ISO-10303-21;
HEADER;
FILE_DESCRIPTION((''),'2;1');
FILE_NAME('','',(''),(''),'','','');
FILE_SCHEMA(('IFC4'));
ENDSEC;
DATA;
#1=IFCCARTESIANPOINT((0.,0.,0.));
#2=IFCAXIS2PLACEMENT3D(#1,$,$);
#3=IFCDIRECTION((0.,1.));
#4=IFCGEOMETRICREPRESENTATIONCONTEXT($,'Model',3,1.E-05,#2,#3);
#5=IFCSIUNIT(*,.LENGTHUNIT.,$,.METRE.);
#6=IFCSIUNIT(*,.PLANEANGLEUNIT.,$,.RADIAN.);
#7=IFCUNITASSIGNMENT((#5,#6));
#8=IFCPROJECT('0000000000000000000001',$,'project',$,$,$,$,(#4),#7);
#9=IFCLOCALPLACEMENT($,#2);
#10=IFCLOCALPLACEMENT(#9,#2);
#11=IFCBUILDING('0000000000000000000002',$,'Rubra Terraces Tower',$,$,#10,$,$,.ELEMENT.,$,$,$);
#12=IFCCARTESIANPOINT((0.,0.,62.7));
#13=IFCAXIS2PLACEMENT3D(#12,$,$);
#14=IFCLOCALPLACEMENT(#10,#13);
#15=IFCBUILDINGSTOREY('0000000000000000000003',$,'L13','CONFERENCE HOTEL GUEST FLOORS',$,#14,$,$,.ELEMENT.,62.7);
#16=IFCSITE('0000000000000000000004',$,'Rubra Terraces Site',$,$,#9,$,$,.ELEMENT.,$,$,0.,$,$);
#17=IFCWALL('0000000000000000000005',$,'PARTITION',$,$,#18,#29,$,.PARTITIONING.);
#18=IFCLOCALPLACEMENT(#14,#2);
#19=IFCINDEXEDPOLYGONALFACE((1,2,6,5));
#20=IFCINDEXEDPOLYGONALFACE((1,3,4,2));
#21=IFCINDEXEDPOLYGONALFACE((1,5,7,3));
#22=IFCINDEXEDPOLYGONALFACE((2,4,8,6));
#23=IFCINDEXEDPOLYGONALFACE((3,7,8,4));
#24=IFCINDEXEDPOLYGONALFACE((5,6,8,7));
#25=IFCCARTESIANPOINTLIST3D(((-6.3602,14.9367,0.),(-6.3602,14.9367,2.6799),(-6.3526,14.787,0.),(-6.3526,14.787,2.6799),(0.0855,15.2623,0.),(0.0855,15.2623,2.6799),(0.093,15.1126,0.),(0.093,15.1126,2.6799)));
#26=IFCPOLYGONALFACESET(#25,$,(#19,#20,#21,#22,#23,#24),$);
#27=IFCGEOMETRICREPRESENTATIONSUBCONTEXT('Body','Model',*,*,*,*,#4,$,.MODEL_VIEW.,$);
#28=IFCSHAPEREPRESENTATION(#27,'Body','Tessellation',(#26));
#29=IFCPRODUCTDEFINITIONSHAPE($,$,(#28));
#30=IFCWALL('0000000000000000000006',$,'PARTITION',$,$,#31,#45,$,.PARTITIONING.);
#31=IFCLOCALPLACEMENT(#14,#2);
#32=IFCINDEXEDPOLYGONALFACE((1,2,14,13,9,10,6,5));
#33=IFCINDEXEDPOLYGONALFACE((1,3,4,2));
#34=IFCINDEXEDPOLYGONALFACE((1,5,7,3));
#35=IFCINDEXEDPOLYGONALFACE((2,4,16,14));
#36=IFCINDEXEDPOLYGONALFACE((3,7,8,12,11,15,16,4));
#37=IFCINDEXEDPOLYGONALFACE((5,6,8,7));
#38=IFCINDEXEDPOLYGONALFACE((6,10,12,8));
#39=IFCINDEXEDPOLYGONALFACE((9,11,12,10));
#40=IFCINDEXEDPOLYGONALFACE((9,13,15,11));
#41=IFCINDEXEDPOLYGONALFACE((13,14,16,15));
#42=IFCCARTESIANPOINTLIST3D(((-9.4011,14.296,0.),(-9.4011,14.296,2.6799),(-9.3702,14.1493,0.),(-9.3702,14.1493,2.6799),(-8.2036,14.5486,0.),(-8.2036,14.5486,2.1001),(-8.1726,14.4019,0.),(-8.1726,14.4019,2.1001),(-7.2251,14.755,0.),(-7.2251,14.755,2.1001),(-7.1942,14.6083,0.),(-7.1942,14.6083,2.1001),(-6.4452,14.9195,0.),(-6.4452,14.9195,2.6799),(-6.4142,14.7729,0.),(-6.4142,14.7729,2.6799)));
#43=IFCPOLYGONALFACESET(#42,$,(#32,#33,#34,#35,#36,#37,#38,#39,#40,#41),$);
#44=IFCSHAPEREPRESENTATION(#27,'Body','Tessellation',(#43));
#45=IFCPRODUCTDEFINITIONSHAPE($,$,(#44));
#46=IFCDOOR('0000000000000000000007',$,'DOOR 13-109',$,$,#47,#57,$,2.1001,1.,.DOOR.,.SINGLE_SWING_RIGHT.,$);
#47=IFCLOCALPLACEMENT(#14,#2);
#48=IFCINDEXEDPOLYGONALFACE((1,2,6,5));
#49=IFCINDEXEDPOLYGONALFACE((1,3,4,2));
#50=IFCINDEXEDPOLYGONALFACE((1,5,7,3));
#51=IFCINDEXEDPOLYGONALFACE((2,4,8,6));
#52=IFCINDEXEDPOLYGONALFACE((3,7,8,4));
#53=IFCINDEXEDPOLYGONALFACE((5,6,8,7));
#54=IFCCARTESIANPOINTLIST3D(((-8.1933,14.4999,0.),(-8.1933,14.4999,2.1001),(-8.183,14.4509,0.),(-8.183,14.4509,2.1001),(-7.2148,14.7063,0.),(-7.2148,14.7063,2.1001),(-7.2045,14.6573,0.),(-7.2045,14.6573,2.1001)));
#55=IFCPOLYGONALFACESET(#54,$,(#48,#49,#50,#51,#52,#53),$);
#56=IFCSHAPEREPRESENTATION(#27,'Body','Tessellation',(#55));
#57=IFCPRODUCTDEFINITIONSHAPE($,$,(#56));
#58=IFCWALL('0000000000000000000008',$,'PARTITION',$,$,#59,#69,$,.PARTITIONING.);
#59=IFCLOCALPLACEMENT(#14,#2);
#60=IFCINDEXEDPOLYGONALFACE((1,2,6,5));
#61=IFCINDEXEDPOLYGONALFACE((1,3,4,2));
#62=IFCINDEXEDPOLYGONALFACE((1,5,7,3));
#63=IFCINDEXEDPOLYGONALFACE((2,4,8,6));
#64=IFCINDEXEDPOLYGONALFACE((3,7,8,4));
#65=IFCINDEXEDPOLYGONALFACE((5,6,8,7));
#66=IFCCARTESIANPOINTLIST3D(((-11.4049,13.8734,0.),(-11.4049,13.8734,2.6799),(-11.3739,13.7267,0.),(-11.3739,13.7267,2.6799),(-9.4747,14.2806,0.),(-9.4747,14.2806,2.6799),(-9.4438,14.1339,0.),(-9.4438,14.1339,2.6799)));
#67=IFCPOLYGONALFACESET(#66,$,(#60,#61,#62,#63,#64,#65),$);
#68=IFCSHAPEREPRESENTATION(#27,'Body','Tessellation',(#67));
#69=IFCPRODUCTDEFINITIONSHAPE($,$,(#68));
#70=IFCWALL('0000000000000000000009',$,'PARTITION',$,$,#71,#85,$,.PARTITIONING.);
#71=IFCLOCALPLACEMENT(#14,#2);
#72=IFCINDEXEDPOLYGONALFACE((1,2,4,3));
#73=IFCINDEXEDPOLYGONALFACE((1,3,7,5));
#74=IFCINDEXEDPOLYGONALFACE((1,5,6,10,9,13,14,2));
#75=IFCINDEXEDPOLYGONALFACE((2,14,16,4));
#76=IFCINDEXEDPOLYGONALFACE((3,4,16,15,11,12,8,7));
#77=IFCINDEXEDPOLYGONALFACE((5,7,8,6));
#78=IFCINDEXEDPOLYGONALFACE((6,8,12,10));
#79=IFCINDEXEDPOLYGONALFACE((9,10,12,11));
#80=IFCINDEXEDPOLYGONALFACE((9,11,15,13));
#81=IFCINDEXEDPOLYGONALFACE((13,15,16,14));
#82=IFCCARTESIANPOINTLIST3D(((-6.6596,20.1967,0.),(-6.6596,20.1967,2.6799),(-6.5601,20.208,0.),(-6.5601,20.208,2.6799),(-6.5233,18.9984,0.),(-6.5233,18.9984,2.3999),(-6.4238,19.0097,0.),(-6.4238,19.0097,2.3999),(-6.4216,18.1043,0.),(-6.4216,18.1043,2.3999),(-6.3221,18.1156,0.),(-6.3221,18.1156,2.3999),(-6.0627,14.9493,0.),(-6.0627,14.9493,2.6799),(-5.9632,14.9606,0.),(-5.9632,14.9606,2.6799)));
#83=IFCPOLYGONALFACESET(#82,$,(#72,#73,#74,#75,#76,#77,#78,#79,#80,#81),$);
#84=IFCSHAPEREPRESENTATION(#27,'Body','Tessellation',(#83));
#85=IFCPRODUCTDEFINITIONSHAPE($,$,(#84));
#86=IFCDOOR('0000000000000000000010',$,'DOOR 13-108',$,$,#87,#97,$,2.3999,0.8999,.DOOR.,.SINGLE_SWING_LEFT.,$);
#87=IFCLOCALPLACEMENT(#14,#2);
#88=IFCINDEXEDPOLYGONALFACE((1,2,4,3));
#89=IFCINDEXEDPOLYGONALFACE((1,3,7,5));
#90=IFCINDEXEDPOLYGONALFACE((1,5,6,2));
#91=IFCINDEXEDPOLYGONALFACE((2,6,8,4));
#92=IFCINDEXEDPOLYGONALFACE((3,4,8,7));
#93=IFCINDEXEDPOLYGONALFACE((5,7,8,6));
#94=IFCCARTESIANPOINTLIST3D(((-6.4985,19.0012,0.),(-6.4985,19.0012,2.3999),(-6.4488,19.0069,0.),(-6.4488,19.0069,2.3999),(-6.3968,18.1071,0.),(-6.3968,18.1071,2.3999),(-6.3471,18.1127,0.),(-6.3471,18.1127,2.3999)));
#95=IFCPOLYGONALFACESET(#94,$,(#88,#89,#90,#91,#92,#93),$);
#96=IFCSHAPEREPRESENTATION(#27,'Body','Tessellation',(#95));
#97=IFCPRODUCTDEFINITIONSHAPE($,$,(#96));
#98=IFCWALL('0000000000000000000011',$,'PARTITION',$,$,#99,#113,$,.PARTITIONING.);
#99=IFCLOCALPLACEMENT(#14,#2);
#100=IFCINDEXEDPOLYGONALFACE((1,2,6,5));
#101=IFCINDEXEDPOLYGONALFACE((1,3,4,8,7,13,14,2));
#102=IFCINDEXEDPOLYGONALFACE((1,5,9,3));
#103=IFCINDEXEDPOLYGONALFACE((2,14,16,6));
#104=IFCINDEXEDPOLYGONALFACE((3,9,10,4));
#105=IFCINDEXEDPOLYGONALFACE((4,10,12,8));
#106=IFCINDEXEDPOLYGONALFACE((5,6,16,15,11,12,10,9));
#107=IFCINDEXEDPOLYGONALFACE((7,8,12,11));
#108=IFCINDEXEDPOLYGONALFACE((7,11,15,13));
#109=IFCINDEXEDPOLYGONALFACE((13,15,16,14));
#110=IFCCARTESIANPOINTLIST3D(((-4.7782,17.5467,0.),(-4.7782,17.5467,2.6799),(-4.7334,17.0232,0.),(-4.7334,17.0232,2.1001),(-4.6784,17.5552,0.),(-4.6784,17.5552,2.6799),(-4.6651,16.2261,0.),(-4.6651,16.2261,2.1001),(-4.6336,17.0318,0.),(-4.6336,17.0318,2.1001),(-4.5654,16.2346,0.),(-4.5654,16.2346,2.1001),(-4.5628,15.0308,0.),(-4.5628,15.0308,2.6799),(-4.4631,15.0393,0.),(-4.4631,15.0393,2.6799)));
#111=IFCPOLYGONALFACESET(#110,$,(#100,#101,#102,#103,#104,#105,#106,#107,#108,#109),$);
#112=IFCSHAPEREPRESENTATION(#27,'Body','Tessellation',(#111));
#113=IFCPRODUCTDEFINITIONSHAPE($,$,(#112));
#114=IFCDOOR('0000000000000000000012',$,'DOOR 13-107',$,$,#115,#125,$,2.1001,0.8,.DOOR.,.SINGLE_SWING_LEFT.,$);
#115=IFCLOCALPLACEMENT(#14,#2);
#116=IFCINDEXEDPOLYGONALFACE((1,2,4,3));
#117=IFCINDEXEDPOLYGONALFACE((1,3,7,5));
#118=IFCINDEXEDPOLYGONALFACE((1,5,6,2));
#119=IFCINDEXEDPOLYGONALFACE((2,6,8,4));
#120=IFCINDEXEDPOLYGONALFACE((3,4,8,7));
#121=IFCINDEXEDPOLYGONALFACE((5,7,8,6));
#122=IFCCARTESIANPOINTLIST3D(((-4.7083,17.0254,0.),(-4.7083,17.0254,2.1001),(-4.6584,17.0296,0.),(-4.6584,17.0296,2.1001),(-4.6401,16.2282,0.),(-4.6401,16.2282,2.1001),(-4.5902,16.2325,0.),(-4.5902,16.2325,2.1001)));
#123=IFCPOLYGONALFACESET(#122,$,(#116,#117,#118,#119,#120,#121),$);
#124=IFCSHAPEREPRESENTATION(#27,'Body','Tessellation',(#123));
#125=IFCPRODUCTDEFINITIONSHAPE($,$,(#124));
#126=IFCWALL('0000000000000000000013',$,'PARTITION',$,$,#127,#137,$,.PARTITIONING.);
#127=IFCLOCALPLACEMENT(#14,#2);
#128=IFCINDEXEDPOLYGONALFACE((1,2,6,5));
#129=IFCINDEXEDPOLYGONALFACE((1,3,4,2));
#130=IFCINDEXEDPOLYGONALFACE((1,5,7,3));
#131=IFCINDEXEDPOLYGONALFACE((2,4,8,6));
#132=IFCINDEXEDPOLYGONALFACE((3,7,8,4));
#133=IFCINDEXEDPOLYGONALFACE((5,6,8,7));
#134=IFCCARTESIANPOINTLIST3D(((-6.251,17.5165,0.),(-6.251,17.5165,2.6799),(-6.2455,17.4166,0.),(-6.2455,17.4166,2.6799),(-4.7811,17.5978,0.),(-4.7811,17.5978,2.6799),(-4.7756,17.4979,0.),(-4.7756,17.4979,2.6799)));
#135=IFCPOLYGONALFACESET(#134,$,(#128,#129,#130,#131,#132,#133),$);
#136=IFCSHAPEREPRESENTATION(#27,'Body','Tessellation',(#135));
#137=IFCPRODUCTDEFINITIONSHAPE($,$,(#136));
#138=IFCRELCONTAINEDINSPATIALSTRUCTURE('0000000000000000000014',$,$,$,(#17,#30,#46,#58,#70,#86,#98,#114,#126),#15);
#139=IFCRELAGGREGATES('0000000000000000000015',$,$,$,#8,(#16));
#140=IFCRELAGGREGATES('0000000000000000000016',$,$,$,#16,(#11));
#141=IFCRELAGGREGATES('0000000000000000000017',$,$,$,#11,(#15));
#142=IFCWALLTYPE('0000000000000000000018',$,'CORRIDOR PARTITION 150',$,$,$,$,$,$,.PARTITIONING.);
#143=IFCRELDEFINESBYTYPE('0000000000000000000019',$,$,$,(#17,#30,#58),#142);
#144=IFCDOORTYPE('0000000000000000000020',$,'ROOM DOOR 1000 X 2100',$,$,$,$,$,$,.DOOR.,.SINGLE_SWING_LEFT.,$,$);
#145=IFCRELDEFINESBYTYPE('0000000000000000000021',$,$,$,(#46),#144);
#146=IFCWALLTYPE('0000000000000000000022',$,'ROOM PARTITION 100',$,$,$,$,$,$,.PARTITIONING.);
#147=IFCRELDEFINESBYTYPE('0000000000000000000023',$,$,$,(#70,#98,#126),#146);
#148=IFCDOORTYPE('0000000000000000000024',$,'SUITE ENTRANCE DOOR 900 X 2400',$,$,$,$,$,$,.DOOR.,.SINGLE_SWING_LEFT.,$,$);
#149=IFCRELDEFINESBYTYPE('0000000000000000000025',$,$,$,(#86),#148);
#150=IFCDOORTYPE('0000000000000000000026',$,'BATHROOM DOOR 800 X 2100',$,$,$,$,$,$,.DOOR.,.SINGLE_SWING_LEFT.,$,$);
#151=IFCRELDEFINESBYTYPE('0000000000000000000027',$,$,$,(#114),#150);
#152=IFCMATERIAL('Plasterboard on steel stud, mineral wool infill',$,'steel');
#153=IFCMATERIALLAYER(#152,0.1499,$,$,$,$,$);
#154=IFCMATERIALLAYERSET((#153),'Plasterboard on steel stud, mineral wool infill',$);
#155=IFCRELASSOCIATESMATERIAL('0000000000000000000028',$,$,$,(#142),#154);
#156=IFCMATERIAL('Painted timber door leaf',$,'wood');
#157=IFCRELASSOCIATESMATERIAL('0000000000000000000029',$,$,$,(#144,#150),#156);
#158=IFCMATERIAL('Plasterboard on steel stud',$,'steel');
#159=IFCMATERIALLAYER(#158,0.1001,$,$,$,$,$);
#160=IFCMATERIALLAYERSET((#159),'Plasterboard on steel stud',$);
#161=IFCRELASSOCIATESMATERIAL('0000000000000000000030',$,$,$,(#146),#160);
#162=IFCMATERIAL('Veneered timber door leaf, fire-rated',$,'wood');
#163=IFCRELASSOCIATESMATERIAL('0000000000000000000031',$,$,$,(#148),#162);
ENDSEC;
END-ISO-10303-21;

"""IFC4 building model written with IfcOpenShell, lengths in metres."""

from ifc_helpers import new_model, si_unit, direction, frame, frame_2d, origin, place, context, subcontext, project, spatial, rectangle, extrude, material, layer, layer_set, type_object, element, fill, save


model = new_model("IFC4")

# Units and contexts
model_context = context("Model", 3, precision=1e-05, world=origin(), true_north=direction((0.0, 1.0)))
body_context = subcontext(model_context, "Body", "Model", "MODEL_VIEW")
ifc_project = project(units=[si_unit("LENGTHUNIT", "METRE"), si_unit("PLANEANGLEUNIT", "RADIAN")], contexts=[model_context])

# Site, building, storey
site_placement = place(None, origin())
site = spatial("IfcSite", under=ifc_project, at=site_placement, Name="Rubra Terraces Site", CompositionType="ELEMENT", RefElevation=0.0)
building_placement = place(site_placement, origin())
building = spatial("IfcBuilding", under=site, at=building_placement, Name="Rubra Terraces Tower", CompositionType="ELEMENT")
storey_placement = place(building_placement, frame((0.0, 0.0, 62.7)))
storey = spatial("IfcBuildingStorey", under=building, at=storey_placement, Name="L13", Description="CONFERENCE HOTEL GUEST FLOORS", CompositionType="ELEMENT", Elevation=62.7)

# Wall
ifc_material_1 = material(Name="Plasterboard on steel stud, mineral wool infill", Category="steel")
ifc_layer_1 = layer(ifc_material_1, 0.1499)
ifc_layer_set_1 = layer_set([ifc_layer_1], Name="Plasterboard on steel stud, mineral wool infill")
wall_type_1 = type_object("IfcWallType", Name="CORRIDOR PARTITION 150", PredefinedType="PARTITIONING", material=ifc_layer_set_1)
wall_1_placement = place(storey_placement, frame((0.0894, 15.1875, 0.0), z_axis=(0.0, 0.0, 1.0), x_axis=(-0.998726, -0.050464, 0.0)))
element("IfcWall", 1, at=wall_1_placement, inside=storey, type_object=wall_type_1, Name="PARTITION", PredefinedType="PARTITIONING", context=body_context, shape_type="SweptSolid", body=[
    extrude(rectangle(XDim=6.4539, YDim=0.1499, at=frame_2d((3.2271, 0.0))), origin(), (0.0, 0.0, 1.0), 2.6799),
])

# Wall, opening, door
wall_2_placement = place(storey_placement, frame((-6.4297, 14.8462, 0.0), z_axis=(0.0, 0.0, 1.0), x_axis=(-0.978469, -0.206393, 0.0)))
wall_2 = element("IfcWall", 2, at=wall_2_placement, inside=storey, type_object=wall_type_1, Name="PARTITION", PredefinedType="PARTITIONING", context=body_context, shape_type="SweptSolid", body=[
    extrude(rectangle(XDim=3.021, YDim=0.1499, at=frame_2d((1.5105, 0.0))), origin(), (0.0, 0.0, 1.0), 2.6799),
])
opening_1_placement = place(wall_2_placement, frame((0.7971, 0.0, 0.0)))
opening_1 = element("IfcOpeningElement", 3, at=opening_1_placement, cuts=wall_2, PredefinedType="OPENING", context=body_context, shape_type="SweptSolid", body=[
    extrude(rectangle(XDim=1.0, YDim=2.1001, at=frame_2d((0.5, 1.05))), frame((0.0, 0.085, 0.0), z_axis=(0.0, -1.0, 0.0), x_axis=(1.0, 0.0, 0.0)), (0.0, 0.0, 1.0), 0.1699),
])
ifc_material_2 = material(Name="Painted timber door leaf", Category="wood")
door_type_1 = type_object("IfcDoorType", Name="ROOM DOOR 1000 X 2100", OperationType="SINGLE_SWING_LEFT", PredefinedType="DOOR", material=ifc_material_2)
door_1_placement = place(opening_1_placement, origin())
door_1 = element("IfcDoor", 4, at=door_1_placement, inside=storey, type_object=door_type_1, Name="DOOR 13-109", OperationType="SINGLE_SWING_RIGHT", OverallHeight=2.1001, OverallWidth=1.0, PredefinedType="DOOR", context=body_context, shape_type="SweptSolid", body=[
    extrude(rectangle(XDim=1.0, YDim=2.1001, at=frame_2d((0.5, 1.05))), frame((0.0, 0.0249, 0.0), z_axis=(0.0, -1.0, 0.0), x_axis=(1.0, 0.0, 0.0)), (0.0, 0.0, 1.0), 0.05),
])
fill(opening_1, door_1)

# Wall
wall_3_placement = place(storey_placement, frame((-9.4592, 14.2073, 0.0), z_axis=(0.0, 0.0, 1.0), x_axis=(-0.97846, -0.206435, 0.0)))
element("IfcWall", 5, at=wall_3_placement, inside=storey, type_object=wall_type_1, Name="PARTITION", PredefinedType="PARTITIONING", context=body_context, shape_type="SweptSolid", body=[
    extrude(rectangle(XDim=1.9727, YDim=0.1499, at=frame_2d((0.9863, 0.0))), origin(), (0.0, 0.0, 1.0), 2.6799),
])

# Walls, openings, doors
ifc_material_3 = material(Name="Plasterboard on steel stud", Category="steel")
ifc_layer_2 = layer(ifc_material_3, 0.1001)
ifc_layer_set_2 = layer_set([ifc_layer_2], Name="Plasterboard on steel stud")
wall_type_2 = type_object("IfcWallType", Name="ROOM PARTITION 100", PredefinedType="PARTITIONING", material=ifc_layer_set_2)
wall_4_placement = place(storey_placement, frame((-6.6099, 20.2024, 0.0), z_axis=(0.0, 0.0, 1.0), x_axis=(0.113029, -0.993592, 0.0)))
wall_4 = element("IfcWall", 6, at=wall_4_placement, inside=storey, type_object=wall_type_2, Name="PARTITION", PredefinedType="PARTITIONING", context=body_context, shape_type="SweptSolid", body=[
    extrude(rectangle(XDim=5.2812, YDim=0.1001, at=frame_2d((2.6406, 0.0))), origin(), (0.0, 0.0, 1.0), 2.6799),
])
opening_2_placement = place(wall_4_placement, frame((1.2061, 0.0, 0.0)))
opening_2 = element("IfcOpeningElement", 7, at=opening_2_placement, cuts=wall_4, PredefinedType="OPENING", context=body_context, shape_type="SweptSolid", body=[
    extrude(rectangle(XDim=0.8999, YDim=2.3999, at=frame_2d((0.45, 1.2))), frame((0.0, 0.0601, 0.0), z_axis=(0.0, -1.0, 0.0), x_axis=(1.0, 0.0, 0.0)), (0.0, 0.0, 1.0), 0.1201),
])
ifc_material_4 = material(Name="Veneered timber door leaf, fire-rated", Category="wood")
door_type_2 = type_object("IfcDoorType", Name="SUITE ENTRANCE DOOR 900 X 2400", OperationType="SINGLE_SWING_LEFT", PredefinedType="DOOR", material=ifc_material_4)
door_2_placement = place(opening_2_placement, origin())
door_2 = element("IfcDoor", 8, at=door_2_placement, inside=storey, type_object=door_type_2, Name="DOOR 13-108", OperationType="SINGLE_SWING_LEFT", OverallHeight=2.3999, OverallWidth=0.8999, PredefinedType="DOOR", context=body_context, shape_type="SweptSolid", body=[
    extrude(rectangle(XDim=0.8999, YDim=2.3999, at=frame_2d((0.45, 1.2))), frame((0.0, 0.0249, 0.0), z_axis=(0.0, -1.0, 0.0), x_axis=(1.0, 0.0, 0.0)), (0.0, 0.0, 1.0), 0.05),
])
fill(opening_2, door_2)
wall_5_placement = place(storey_placement, frame((-4.5129, 15.0349, 0.0), z_axis=(0.0, 0.0, 1.0), x_axis=(-0.085278, 0.996357, 0.0)))
wall_5 = element("IfcWall", 9, at=wall_5_placement, inside=storey, type_object=wall_type_2, Name="PARTITION", PredefinedType="PARTITIONING", context=body_context, shape_type="SweptSolid", body=[
    extrude(rectangle(XDim=2.5251, YDim=0.1001, at=frame_2d((1.2627, 0.0))), origin(), (0.0, 0.0, 1.0), 2.6799),
])
opening_3_placement = place(wall_5_placement, frame((1.2, 0.0, 0.0)))
opening_3 = element("IfcOpeningElement", 10, at=opening_3_placement, cuts=wall_5, PredefinedType="OPENING", context=body_context, shape_type="SweptSolid", body=[
    extrude(rectangle(XDim=0.8, YDim=2.1001, at=frame_2d((0.3999, 1.05))), frame((0.0, 0.0601, 0.0), z_axis=(0.0, -1.0, 0.0), x_axis=(1.0, 0.0, 0.0)), (0.0, 0.0, 1.0), 0.1201),
])
door_type_3 = type_object("IfcDoorType", Name="BATHROOM DOOR 800 X 2100", OperationType="SINGLE_SWING_LEFT", PredefinedType="DOOR", material=ifc_material_2)
door_3_placement = place(opening_3_placement, origin())
door_3 = element("IfcDoor", 11, at=door_3_placement, inside=storey, type_object=door_type_3, Name="DOOR 13-107", OperationType="SINGLE_SWING_LEFT", OverallHeight=2.1001, OverallWidth=0.8, PredefinedType="DOOR", context=body_context, shape_type="SweptSolid", body=[
    extrude(rectangle(XDim=0.8, YDim=2.1001, at=frame_2d((0.3999, 1.05))), frame((0.0, 0.0249, 0.0), z_axis=(0.0, -1.0, 0.0), x_axis=(1.0, 0.0, 0.0)), (0.0, 0.0, 1.0), 0.05),
])
fill(opening_3, door_3)

# Wall
wall_6_placement = place(storey_placement, frame((-4.7783, 17.5479, 0.0), z_axis=(0.0, 0.0, 1.0), x_axis=(-0.998474, -0.055222, 0.0)))
element("IfcWall", 12, at=wall_6_placement, inside=storey, type_object=wall_type_2, Name="PARTITION", PredefinedType="PARTITIONING", context=body_context, shape_type="SweptSolid", body=[
    extrude(rectangle(XDim=1.4722, YDim=0.1001, at=frame_2d((0.7361, 0.0))), origin(), (0.0, 0.0, 1.0), 2.6799),
])

save(model, "model.ifc")
